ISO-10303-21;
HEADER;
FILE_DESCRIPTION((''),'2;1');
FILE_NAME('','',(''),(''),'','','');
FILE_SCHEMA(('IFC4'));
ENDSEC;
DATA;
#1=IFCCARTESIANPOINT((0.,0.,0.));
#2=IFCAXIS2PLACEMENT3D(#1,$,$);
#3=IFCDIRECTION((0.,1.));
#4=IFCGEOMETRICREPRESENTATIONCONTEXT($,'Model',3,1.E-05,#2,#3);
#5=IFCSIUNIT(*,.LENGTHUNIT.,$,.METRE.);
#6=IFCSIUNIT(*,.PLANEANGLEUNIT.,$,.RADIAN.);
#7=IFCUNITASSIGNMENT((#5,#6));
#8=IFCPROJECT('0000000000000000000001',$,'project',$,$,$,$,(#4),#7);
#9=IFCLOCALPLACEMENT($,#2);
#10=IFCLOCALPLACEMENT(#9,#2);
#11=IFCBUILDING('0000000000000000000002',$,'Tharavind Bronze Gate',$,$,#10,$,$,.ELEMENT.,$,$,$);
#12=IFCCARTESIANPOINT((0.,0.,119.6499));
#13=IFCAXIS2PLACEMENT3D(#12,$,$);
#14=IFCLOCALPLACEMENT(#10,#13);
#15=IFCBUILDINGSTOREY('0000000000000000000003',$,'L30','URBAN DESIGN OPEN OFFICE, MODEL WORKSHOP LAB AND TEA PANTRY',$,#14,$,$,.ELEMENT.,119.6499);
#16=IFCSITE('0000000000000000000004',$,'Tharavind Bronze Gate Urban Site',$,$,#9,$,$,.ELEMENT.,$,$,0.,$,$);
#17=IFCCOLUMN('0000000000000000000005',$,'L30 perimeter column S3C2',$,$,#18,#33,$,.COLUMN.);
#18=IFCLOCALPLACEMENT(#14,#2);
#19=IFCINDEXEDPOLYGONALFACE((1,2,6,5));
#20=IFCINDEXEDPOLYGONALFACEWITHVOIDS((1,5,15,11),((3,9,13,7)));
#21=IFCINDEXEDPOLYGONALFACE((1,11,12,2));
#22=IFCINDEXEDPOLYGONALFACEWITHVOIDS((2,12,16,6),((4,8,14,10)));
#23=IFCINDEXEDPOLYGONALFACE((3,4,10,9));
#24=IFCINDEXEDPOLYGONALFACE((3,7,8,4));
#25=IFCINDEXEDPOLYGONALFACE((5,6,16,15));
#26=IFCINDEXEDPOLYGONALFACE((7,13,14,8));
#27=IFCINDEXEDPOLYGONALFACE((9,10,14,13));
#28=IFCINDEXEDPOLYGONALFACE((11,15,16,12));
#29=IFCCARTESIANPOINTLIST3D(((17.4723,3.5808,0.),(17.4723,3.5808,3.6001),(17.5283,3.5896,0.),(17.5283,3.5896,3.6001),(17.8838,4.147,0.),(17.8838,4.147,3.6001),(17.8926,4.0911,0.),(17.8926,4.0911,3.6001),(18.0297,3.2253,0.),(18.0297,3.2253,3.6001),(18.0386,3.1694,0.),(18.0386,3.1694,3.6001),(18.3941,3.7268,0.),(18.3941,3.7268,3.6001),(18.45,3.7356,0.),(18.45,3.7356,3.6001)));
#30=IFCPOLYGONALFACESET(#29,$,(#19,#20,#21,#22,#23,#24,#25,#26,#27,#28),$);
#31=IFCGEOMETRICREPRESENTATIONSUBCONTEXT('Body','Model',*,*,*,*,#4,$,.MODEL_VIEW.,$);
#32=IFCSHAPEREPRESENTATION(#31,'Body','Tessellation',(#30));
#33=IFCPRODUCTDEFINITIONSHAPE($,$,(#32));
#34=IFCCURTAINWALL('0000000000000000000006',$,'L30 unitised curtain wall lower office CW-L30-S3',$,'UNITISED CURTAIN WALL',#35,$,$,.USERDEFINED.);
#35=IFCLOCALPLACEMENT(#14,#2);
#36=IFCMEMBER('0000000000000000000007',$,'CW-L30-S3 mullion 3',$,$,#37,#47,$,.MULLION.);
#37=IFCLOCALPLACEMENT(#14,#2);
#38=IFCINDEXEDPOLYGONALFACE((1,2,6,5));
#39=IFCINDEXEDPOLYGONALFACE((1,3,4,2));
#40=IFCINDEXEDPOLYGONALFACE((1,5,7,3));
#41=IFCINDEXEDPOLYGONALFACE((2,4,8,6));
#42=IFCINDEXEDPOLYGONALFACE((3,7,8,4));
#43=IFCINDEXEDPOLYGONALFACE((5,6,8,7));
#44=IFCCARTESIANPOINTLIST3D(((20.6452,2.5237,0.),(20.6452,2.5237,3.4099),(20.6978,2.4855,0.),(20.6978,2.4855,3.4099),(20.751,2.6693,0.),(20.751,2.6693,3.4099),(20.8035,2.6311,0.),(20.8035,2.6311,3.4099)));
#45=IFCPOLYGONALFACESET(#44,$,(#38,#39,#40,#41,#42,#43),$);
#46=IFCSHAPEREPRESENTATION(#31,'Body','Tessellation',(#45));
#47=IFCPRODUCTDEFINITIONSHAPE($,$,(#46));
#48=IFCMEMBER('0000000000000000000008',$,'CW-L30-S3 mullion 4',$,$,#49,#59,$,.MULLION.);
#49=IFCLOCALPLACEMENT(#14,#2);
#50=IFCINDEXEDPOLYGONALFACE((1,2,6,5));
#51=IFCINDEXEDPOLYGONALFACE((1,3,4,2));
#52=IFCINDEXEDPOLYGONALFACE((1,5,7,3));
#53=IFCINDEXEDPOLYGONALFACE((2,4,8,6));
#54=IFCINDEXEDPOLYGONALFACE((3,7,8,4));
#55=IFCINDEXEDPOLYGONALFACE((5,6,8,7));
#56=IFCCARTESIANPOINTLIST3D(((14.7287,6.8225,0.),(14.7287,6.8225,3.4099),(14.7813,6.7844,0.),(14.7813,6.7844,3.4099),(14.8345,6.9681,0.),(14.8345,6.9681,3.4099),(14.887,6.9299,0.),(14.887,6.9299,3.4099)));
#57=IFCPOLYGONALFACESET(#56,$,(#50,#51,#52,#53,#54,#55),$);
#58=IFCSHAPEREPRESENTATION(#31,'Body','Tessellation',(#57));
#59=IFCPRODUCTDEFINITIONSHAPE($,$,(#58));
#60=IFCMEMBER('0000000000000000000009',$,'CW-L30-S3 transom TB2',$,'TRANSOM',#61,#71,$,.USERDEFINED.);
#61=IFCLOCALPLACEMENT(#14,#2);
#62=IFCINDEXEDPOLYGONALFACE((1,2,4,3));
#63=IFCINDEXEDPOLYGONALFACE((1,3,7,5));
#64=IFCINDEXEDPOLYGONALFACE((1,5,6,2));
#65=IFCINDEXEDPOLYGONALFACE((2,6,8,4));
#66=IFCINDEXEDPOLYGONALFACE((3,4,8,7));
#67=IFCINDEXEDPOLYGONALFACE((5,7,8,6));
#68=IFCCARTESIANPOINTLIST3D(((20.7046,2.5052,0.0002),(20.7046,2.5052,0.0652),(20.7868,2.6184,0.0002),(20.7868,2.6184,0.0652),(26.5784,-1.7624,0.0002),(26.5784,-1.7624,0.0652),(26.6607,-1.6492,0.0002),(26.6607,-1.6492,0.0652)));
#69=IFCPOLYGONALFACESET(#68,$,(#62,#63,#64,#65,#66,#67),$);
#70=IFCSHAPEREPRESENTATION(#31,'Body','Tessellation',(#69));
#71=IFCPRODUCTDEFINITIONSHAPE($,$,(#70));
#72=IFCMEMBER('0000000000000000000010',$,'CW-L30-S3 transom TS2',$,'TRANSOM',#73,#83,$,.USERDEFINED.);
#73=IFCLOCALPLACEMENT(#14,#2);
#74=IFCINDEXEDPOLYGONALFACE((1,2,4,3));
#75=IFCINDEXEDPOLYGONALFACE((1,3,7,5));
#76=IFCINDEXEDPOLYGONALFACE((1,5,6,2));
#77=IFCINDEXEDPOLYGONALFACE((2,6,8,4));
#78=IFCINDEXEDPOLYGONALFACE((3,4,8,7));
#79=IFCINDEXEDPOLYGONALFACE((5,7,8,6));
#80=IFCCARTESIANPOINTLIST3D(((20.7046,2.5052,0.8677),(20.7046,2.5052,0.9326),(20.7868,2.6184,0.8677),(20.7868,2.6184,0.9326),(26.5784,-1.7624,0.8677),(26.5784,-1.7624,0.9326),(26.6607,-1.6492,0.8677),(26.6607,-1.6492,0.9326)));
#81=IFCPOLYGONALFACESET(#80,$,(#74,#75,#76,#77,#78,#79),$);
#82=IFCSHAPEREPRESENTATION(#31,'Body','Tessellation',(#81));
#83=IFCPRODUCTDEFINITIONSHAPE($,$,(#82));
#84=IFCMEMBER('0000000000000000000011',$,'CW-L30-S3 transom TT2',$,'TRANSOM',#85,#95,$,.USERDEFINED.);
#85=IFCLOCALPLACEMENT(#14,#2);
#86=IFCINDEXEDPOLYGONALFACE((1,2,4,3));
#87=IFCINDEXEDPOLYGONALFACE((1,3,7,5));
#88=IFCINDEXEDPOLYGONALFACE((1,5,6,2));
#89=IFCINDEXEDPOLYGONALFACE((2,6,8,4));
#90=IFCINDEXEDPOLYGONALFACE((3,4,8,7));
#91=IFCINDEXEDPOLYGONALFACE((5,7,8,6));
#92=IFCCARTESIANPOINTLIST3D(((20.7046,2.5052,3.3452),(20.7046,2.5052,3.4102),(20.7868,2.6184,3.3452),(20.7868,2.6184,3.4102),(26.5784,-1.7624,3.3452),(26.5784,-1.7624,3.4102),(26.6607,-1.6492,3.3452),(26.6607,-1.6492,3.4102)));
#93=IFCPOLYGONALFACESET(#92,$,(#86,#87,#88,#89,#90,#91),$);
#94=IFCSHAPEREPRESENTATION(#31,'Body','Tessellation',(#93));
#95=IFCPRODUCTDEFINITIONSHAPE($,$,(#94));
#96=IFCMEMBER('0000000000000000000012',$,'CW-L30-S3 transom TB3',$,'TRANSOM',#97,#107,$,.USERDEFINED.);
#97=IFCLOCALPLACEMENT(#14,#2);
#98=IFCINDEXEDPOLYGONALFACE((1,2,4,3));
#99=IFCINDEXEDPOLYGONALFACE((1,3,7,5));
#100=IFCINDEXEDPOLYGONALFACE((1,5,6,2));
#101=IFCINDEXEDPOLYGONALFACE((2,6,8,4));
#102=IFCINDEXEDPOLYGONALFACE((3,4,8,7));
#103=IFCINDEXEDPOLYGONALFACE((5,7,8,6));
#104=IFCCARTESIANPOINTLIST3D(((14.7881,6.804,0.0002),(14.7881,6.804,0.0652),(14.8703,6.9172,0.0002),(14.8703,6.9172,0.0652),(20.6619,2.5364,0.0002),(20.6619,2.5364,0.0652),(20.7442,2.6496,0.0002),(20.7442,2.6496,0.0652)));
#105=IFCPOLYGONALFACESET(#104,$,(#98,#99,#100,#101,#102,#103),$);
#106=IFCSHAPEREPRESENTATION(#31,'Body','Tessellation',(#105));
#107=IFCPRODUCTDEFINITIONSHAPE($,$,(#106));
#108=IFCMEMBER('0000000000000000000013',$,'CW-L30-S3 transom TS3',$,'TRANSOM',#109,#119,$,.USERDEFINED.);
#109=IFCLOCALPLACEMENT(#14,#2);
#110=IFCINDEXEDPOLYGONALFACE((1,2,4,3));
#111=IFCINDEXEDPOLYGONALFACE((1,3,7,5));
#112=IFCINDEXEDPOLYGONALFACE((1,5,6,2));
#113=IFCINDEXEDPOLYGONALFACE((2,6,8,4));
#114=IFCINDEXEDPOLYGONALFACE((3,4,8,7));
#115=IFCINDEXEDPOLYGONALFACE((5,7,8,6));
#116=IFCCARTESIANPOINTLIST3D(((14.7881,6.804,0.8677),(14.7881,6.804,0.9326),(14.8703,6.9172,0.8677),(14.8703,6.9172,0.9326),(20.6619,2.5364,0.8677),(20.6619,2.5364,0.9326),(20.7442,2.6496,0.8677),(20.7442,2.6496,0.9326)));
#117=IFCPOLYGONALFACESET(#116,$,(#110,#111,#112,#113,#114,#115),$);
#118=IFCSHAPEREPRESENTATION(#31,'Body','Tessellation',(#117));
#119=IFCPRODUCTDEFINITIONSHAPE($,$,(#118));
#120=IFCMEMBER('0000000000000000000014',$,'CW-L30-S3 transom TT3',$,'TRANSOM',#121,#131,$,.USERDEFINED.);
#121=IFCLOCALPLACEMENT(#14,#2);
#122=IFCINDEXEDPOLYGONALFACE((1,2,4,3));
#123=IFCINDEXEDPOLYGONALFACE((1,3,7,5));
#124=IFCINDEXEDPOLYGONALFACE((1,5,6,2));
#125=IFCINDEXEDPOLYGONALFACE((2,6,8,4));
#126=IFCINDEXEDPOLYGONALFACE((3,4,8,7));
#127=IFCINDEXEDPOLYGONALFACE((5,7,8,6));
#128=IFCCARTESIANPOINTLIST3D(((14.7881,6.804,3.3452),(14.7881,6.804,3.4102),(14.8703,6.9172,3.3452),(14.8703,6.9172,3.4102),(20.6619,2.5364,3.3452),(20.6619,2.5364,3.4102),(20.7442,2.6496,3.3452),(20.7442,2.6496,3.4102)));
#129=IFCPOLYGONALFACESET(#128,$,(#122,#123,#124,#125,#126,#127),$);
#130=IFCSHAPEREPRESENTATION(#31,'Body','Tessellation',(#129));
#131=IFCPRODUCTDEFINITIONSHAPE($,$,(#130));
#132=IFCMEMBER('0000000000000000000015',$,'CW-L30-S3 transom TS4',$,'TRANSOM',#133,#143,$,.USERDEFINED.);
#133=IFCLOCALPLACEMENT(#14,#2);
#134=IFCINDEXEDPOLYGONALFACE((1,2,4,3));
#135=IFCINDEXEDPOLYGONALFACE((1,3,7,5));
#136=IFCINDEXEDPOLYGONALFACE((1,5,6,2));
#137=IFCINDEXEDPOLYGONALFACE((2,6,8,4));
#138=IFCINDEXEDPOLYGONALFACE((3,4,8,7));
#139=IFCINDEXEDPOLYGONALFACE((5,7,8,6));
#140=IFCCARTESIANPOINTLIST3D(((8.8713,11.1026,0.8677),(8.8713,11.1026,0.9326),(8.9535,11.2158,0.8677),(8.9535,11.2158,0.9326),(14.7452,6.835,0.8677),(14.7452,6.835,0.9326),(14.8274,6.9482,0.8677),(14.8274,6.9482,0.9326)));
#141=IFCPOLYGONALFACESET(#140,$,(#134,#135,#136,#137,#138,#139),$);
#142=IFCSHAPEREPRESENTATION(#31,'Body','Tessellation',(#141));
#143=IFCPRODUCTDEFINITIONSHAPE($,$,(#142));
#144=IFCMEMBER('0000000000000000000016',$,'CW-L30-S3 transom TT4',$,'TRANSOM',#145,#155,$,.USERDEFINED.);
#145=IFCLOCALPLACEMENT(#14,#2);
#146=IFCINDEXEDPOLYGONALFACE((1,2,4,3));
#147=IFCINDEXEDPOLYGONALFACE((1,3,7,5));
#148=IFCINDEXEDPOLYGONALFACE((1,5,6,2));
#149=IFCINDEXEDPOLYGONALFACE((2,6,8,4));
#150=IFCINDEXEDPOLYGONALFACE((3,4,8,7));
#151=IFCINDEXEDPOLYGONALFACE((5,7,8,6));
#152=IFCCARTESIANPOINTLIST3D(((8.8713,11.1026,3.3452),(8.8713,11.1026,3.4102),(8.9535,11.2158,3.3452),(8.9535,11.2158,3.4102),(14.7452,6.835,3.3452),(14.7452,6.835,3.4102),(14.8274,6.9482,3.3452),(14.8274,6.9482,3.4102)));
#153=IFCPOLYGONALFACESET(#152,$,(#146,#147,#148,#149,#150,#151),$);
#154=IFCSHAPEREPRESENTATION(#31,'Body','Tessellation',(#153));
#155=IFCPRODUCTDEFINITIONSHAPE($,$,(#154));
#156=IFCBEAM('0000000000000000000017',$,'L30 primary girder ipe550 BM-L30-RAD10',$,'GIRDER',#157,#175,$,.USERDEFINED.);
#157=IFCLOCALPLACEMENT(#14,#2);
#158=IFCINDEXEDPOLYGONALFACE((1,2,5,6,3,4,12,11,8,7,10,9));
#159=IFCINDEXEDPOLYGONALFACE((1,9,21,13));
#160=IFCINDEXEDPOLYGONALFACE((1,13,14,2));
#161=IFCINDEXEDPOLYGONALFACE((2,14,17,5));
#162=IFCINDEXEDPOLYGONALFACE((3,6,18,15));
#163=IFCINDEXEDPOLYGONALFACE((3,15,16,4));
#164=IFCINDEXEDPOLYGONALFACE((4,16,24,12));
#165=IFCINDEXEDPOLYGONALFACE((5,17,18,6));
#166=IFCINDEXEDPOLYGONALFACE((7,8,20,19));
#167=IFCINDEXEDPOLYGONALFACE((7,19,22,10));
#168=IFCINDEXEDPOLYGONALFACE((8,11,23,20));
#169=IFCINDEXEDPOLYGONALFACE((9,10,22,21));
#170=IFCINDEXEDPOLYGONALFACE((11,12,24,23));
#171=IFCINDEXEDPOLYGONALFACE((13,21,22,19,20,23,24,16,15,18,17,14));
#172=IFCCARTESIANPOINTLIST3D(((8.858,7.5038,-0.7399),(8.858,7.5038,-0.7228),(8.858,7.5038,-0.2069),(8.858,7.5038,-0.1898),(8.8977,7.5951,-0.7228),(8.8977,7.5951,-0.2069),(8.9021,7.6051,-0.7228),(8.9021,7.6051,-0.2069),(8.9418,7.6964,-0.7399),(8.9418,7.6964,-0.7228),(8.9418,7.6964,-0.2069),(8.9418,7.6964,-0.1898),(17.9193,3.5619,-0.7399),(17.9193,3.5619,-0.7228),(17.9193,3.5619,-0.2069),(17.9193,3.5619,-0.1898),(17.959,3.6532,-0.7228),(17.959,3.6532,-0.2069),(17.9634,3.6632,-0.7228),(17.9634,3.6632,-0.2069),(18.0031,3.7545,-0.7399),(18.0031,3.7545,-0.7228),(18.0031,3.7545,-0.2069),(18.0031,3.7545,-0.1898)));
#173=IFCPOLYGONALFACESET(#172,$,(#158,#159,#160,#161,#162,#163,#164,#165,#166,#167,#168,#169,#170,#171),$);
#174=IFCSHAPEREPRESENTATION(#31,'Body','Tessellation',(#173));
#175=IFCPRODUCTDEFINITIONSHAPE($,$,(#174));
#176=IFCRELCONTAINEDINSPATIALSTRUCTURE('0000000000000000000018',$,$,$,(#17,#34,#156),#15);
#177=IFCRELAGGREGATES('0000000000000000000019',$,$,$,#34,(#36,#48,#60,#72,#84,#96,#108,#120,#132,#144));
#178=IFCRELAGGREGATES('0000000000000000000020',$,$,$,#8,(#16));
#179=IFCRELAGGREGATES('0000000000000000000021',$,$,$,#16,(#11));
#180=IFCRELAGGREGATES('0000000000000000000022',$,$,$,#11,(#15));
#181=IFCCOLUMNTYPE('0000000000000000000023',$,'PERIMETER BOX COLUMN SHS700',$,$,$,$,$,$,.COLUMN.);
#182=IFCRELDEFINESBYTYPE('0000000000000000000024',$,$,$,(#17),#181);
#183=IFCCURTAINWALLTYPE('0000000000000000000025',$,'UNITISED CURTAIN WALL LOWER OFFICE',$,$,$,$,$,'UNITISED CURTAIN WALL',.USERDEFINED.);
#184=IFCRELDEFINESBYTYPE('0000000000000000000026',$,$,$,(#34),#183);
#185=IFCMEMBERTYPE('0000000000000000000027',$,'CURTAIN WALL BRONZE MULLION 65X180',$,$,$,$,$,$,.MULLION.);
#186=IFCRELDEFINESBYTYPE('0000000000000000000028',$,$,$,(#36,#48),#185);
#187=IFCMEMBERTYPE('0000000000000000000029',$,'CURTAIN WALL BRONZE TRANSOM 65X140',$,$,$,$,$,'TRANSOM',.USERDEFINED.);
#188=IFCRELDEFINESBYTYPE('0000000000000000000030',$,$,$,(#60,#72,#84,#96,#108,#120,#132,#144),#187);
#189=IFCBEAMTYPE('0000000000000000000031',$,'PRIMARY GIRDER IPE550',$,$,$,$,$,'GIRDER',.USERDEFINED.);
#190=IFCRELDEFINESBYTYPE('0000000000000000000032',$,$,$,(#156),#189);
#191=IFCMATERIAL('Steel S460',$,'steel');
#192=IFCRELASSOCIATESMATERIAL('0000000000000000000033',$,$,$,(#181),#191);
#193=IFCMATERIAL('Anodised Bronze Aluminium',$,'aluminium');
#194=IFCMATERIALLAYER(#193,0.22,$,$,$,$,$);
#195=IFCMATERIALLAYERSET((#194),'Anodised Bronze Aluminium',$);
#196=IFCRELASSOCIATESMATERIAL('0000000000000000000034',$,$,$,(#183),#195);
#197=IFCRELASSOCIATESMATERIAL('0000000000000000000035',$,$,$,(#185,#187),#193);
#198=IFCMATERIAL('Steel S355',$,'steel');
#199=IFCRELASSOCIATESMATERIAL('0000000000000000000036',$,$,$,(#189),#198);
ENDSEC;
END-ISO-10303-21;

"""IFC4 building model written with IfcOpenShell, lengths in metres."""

from ifc_helpers import new_model, si_unit, direction, frame, origin, origin_2d, place, context, subcontext, project, spatial, rectangle, hollow_rectangle, i_section, extrude, material, layer, layer_set, material_profile, profile_set, type_object, element, aggregate, save


model = new_model("IFC4")

# Units and contexts
model_context = context("Model", 3, precision=1e-05, world=origin(), true_north=direction((0.0, 1.0)))
body_context = subcontext(model_context, "Body", "Model", "MODEL_VIEW")
ifc_project = project(units=[si_unit("LENGTHUNIT", "METRE"), si_unit("PLANEANGLEUNIT", "RADIAN")], contexts=[model_context])

# Site, building, storey
site_placement = place(None, origin())
site = spatial("IfcSite", under=ifc_project, at=site_placement, Name="Tharavind Bronze Gate Urban Site", CompositionType="ELEMENT", RefElevation=0.0)
building_placement = place(site_placement, origin())
building = spatial("IfcBuilding", under=site, at=building_placement, Name="Tharavind Bronze Gate", CompositionType="ELEMENT")
storey_placement = place(building_placement, frame((0.0, 0.0, 119.6499)))
storey = spatial("IfcBuildingStorey", under=building, at=storey_placement, Name="L30", Description="URBAN DESIGN OPEN OFFICE, MODEL WORKSHOP LAB AND TEA PANTRY", CompositionType="ELEMENT", Elevation=119.6499)

# Column
ifc_material_1 = material(Name="Steel S460", Category="steel")
ifc_material_profile_1 = material_profile(ifc_material_1, hollow_rectangle(XDim=0.7, YDim=0.7, WallThickness=0.04, at=origin_2d()), Name="SHS700X40")
ifc_profile_set_1 = profile_set([ifc_material_profile_1], Name="Steel S460")
column_type = type_object("IfcColumnType", Name="PERIMETER BOX COLUMN SHS700", PredefinedType="COLUMN", material=ifc_profile_set_1)
column_placement = place(storey_placement, frame((17.9612, 3.6582, 0.0), z_axis=(0.0, 0.0, 1.0), x_axis=(-0.809017, 0.587785, 0.0)))
element("IfcColumn", 1, at=column_placement, inside=storey, type_object=column_type, Name="L30 perimeter column S3C2", PredefinedType="COLUMN", context=body_context, shape_type="SweptSolid", body=[
    extrude(hollow_rectangle(XDim=0.7, YDim=0.7, WallThickness=0.04, at=origin_2d()), origin(), (0.0, 0.0, 1.0), 3.6001),
])

# Curtain wall, members
ifc_material_2 = material(Name="Anodised Bronze Aluminium", Category="aluminium")
ifc_layer_1 = layer(ifc_material_2, 0.22)
ifc_layer_set_1 = layer_set([ifc_layer_1], Name="Anodised Bronze Aluminium")
curtain_wall_type = type_object("IfcCurtainWallType", Name="UNITISED CURTAIN WALL LOWER OFFICE", ElementType="UNITISED CURTAIN WALL", PredefinedType="USERDEFINED", material=ifc_layer_set_1)
curtain_wall_placement = place(storey_placement, origin())
curtain_wall = element("IfcCurtainWall", 2, at=curtain_wall_placement, inside=storey, type_object=curtain_wall_type, Name="L30 unitised curtain wall lower office CW-L30-S3", ObjectType="UNITISED CURTAIN WALL", PredefinedType="USERDEFINED")
member_type_1 = type_object("IfcMemberType", Name="CURTAIN WALL BRONZE MULLION 65X180", PredefinedType="MULLION", material=ifc_material_2)
member_1_placement = place(storey_placement, frame((20.7244, 2.5774, 0.0), z_axis=(0.0, 0.0, 1.0), x_axis=(-0.809017, 0.587785, 0.0)))
member_1 = element("IfcMember", 3, at=member_1_placement, type_object=member_type_1, Name="CW-L30-S3 mullion 3", PredefinedType="MULLION", context=body_context, shape_type="SweptSolid", body=[
    extrude(rectangle(XDim=0.0649, YDim=0.1799, at=origin_2d()), origin(), (0.0, 0.0, 1.0), 3.4099),
])
member_2_placement = place(storey_placement, frame((14.8079, 6.8762, 0.0), z_axis=(0.0, 0.0, 1.0), x_axis=(-0.809017, 0.587785, 0.0)))
member_2 = element("IfcMember", 4, at=member_2_placement, type_object=member_type_1, Name="CW-L30-S3 mullion 4", PredefinedType="MULLION", context=body_context, shape_type="SweptSolid", body=[
    extrude(rectangle(XDim=0.0649, YDim=0.1799, at=origin_2d()), origin(), (0.0, 0.0, 1.0), 3.4099),
])
member_type_2 = type_object("IfcMemberType", Name="CURTAIN WALL BRONZE TRANSOM 65X140", ElementType="TRANSOM", PredefinedType="USERDEFINED", material=ifc_material_2)
member_3_placement = place(storey_placement, frame((23.6826, 0.428, 0.0002), z_axis=(0.0, 0.0, 1.0), x_axis=(-0.809017, 0.587785, 0.0)))
member_3 = element("IfcMember", 5, at=member_3_placement, type_object=member_type_2, Name="CW-L30-S3 transom TB2", ObjectType="TRANSOM", PredefinedType="USERDEFINED", context=body_context, shape_type="SweptSolid", body=[
    extrude(rectangle(XDim=7.2605, YDim=0.1399, at=origin_2d()), origin(), (0.0, 0.0, 1.0), 0.0649),
])
member_4_placement = place(storey_placement, frame((23.6826, 0.428, 0.8677), z_axis=(0.0, 0.0, 1.0), x_axis=(-0.809017, 0.587785, 0.0)))
member_4 = element("IfcMember", 6, at=member_4_placement, type_object=member_type_2, Name="CW-L30-S3 transom TS2", ObjectType="TRANSOM", PredefinedType="USERDEFINED", context=body_context, shape_type="SweptSolid", body=[
    extrude(rectangle(XDim=7.2605, YDim=0.1399, at=origin_2d()), origin(), (0.0, 0.0, 1.0), 0.0649),
])
member_5_placement = place(storey_placement, frame((23.6826, 0.428, 3.3452), z_axis=(0.0, 0.0, 1.0), x_axis=(-0.809017, 0.587785, 0.0)))
member_5 = element("IfcMember", 7, at=member_5_placement, type_object=member_type_2, Name="CW-L30-S3 transom TT2", ObjectType="TRANSOM", PredefinedType="USERDEFINED", context=body_context, shape_type="SweptSolid", body=[
    extrude(rectangle(XDim=7.2605, YDim=0.1399, at=origin_2d()), origin(), (0.0, 0.0, 1.0), 0.0649),
])
member_6_placement = place(storey_placement, frame((17.7661, 4.7268, 0.0002), z_axis=(0.0, 0.0, 1.0), x_axis=(-0.809017, 0.587785, 0.0)))
member_6 = element("IfcMember", 8, at=member_6_placement, type_object=member_type_2, Name="CW-L30-S3 transom TB3", ObjectType="TRANSOM", PredefinedType="USERDEFINED", context=body_context, shape_type="SweptSolid", body=[
    extrude(rectangle(XDim=7.2605, YDim=0.1399, at=origin_2d()), origin(), (0.0, 0.0, 1.0), 0.0649),
])
member_7_placement = place(storey_placement, frame((17.7661, 4.7268, 0.8677), z_axis=(0.0, 0.0, 1.0), x_axis=(-0.809017, 0.587785, 0.0)))
member_7 = element("IfcMember", 9, at=member_7_placement, type_object=member_type_2, Name="CW-L30-S3 transom TS3", ObjectType="TRANSOM", PredefinedType="USERDEFINED", context=body_context, shape_type="SweptSolid", body=[
    extrude(rectangle(XDim=7.2605, YDim=0.1399, at=origin_2d()), origin(), (0.0, 0.0, 1.0), 0.0649),
])
member_8_placement = place(storey_placement, frame((17.7661, 4.7268, 3.3452), z_axis=(0.0, 0.0, 1.0), x_axis=(-0.809017, 0.587785, 0.0)))
member_8 = element("IfcMember", 10, at=member_8_placement, type_object=member_type_2, Name="CW-L30-S3 transom TT3", ObjectType="TRANSOM", PredefinedType="USERDEFINED", context=body_context, shape_type="SweptSolid", body=[
    extrude(rectangle(XDim=7.2605, YDim=0.1399, at=origin_2d()), origin(), (0.0, 0.0, 1.0), 0.0649),
])
member_9_placement = place(storey_placement, frame((11.8494, 9.0254, 0.8677), z_axis=(0.0, 0.0, 1.0), x_axis=(-0.809017, 0.587785, 0.0)))
member_9 = element("IfcMember", 11, at=member_9_placement, type_object=member_type_2, Name="CW-L30-S3 transom TS4", ObjectType="TRANSOM", PredefinedType="USERDEFINED", context=body_context, shape_type="SweptSolid", body=[
    extrude(rectangle(XDim=7.2605, YDim=0.1399, at=origin_2d()), origin(), (0.0, 0.0, 1.0), 0.0649),
])
member_10_placement = place(storey_placement, frame((11.8494, 9.0254, 3.3452), z_axis=(0.0, 0.0, 1.0), x_axis=(-0.809017, 0.587785, 0.0)))
member_10 = element("IfcMember", 12, at=member_10_placement, type_object=member_type_2, Name="CW-L30-S3 transom TT4", ObjectType="TRANSOM", PredefinedType="USERDEFINED", context=body_context, shape_type="SweptSolid", body=[
    extrude(rectangle(XDim=7.2605, YDim=0.1399, at=origin_2d()), origin(), (0.0, 0.0, 1.0), 0.0649),
])

# Beam
ifc_material_3 = material(Name="Steel S355", Category="steel")
ifc_material_profile_2 = material_profile(ifc_material_3, i_section(OverallWidth=0.21, OverallDepth=0.55, WebThickness=0.011, FlangeThickness=0.0171, at=origin_2d()), Name="IPE550")
ifc_profile_set_2 = profile_set([ifc_material_profile_2], Name="Steel S355")
beam_type_1 = type_object("IfcBeamType", Name="PRIMARY GIRDER IPE550", ElementType="GIRDER", PredefinedType="USERDEFINED", material=ifc_profile_set_2)
beam_1_placement = place(storey_placement, frame((17.9612, 3.6582, -0.4648), z_axis=(-0.916988, 0.398914, 0.0), x_axis=(-0.398914, -0.916988, 0.0)))
element("IfcBeam", 13, at=beam_1_placement, inside=storey, type_object=beam_type_1, Name="L30 primary girder ipe550 BM-L30-RAD10", ObjectType="GIRDER", PredefinedType="USERDEFINED", context=body_context, shape_type="SweptSolid", body=[
    extrude(i_section(OverallWidth=0.21, OverallDepth=0.55, WebThickness=0.011, FlangeThickness=0.0171, at=origin_2d()), origin(), (0.0, 0.0, 1.0), 9.8816),
])

aggregate(curtain_wall, [member_1, member_2, member_3, member_4, member_5, member_6, member_7, member_8, member_9, member_10])

save(model, "model.ifc")
